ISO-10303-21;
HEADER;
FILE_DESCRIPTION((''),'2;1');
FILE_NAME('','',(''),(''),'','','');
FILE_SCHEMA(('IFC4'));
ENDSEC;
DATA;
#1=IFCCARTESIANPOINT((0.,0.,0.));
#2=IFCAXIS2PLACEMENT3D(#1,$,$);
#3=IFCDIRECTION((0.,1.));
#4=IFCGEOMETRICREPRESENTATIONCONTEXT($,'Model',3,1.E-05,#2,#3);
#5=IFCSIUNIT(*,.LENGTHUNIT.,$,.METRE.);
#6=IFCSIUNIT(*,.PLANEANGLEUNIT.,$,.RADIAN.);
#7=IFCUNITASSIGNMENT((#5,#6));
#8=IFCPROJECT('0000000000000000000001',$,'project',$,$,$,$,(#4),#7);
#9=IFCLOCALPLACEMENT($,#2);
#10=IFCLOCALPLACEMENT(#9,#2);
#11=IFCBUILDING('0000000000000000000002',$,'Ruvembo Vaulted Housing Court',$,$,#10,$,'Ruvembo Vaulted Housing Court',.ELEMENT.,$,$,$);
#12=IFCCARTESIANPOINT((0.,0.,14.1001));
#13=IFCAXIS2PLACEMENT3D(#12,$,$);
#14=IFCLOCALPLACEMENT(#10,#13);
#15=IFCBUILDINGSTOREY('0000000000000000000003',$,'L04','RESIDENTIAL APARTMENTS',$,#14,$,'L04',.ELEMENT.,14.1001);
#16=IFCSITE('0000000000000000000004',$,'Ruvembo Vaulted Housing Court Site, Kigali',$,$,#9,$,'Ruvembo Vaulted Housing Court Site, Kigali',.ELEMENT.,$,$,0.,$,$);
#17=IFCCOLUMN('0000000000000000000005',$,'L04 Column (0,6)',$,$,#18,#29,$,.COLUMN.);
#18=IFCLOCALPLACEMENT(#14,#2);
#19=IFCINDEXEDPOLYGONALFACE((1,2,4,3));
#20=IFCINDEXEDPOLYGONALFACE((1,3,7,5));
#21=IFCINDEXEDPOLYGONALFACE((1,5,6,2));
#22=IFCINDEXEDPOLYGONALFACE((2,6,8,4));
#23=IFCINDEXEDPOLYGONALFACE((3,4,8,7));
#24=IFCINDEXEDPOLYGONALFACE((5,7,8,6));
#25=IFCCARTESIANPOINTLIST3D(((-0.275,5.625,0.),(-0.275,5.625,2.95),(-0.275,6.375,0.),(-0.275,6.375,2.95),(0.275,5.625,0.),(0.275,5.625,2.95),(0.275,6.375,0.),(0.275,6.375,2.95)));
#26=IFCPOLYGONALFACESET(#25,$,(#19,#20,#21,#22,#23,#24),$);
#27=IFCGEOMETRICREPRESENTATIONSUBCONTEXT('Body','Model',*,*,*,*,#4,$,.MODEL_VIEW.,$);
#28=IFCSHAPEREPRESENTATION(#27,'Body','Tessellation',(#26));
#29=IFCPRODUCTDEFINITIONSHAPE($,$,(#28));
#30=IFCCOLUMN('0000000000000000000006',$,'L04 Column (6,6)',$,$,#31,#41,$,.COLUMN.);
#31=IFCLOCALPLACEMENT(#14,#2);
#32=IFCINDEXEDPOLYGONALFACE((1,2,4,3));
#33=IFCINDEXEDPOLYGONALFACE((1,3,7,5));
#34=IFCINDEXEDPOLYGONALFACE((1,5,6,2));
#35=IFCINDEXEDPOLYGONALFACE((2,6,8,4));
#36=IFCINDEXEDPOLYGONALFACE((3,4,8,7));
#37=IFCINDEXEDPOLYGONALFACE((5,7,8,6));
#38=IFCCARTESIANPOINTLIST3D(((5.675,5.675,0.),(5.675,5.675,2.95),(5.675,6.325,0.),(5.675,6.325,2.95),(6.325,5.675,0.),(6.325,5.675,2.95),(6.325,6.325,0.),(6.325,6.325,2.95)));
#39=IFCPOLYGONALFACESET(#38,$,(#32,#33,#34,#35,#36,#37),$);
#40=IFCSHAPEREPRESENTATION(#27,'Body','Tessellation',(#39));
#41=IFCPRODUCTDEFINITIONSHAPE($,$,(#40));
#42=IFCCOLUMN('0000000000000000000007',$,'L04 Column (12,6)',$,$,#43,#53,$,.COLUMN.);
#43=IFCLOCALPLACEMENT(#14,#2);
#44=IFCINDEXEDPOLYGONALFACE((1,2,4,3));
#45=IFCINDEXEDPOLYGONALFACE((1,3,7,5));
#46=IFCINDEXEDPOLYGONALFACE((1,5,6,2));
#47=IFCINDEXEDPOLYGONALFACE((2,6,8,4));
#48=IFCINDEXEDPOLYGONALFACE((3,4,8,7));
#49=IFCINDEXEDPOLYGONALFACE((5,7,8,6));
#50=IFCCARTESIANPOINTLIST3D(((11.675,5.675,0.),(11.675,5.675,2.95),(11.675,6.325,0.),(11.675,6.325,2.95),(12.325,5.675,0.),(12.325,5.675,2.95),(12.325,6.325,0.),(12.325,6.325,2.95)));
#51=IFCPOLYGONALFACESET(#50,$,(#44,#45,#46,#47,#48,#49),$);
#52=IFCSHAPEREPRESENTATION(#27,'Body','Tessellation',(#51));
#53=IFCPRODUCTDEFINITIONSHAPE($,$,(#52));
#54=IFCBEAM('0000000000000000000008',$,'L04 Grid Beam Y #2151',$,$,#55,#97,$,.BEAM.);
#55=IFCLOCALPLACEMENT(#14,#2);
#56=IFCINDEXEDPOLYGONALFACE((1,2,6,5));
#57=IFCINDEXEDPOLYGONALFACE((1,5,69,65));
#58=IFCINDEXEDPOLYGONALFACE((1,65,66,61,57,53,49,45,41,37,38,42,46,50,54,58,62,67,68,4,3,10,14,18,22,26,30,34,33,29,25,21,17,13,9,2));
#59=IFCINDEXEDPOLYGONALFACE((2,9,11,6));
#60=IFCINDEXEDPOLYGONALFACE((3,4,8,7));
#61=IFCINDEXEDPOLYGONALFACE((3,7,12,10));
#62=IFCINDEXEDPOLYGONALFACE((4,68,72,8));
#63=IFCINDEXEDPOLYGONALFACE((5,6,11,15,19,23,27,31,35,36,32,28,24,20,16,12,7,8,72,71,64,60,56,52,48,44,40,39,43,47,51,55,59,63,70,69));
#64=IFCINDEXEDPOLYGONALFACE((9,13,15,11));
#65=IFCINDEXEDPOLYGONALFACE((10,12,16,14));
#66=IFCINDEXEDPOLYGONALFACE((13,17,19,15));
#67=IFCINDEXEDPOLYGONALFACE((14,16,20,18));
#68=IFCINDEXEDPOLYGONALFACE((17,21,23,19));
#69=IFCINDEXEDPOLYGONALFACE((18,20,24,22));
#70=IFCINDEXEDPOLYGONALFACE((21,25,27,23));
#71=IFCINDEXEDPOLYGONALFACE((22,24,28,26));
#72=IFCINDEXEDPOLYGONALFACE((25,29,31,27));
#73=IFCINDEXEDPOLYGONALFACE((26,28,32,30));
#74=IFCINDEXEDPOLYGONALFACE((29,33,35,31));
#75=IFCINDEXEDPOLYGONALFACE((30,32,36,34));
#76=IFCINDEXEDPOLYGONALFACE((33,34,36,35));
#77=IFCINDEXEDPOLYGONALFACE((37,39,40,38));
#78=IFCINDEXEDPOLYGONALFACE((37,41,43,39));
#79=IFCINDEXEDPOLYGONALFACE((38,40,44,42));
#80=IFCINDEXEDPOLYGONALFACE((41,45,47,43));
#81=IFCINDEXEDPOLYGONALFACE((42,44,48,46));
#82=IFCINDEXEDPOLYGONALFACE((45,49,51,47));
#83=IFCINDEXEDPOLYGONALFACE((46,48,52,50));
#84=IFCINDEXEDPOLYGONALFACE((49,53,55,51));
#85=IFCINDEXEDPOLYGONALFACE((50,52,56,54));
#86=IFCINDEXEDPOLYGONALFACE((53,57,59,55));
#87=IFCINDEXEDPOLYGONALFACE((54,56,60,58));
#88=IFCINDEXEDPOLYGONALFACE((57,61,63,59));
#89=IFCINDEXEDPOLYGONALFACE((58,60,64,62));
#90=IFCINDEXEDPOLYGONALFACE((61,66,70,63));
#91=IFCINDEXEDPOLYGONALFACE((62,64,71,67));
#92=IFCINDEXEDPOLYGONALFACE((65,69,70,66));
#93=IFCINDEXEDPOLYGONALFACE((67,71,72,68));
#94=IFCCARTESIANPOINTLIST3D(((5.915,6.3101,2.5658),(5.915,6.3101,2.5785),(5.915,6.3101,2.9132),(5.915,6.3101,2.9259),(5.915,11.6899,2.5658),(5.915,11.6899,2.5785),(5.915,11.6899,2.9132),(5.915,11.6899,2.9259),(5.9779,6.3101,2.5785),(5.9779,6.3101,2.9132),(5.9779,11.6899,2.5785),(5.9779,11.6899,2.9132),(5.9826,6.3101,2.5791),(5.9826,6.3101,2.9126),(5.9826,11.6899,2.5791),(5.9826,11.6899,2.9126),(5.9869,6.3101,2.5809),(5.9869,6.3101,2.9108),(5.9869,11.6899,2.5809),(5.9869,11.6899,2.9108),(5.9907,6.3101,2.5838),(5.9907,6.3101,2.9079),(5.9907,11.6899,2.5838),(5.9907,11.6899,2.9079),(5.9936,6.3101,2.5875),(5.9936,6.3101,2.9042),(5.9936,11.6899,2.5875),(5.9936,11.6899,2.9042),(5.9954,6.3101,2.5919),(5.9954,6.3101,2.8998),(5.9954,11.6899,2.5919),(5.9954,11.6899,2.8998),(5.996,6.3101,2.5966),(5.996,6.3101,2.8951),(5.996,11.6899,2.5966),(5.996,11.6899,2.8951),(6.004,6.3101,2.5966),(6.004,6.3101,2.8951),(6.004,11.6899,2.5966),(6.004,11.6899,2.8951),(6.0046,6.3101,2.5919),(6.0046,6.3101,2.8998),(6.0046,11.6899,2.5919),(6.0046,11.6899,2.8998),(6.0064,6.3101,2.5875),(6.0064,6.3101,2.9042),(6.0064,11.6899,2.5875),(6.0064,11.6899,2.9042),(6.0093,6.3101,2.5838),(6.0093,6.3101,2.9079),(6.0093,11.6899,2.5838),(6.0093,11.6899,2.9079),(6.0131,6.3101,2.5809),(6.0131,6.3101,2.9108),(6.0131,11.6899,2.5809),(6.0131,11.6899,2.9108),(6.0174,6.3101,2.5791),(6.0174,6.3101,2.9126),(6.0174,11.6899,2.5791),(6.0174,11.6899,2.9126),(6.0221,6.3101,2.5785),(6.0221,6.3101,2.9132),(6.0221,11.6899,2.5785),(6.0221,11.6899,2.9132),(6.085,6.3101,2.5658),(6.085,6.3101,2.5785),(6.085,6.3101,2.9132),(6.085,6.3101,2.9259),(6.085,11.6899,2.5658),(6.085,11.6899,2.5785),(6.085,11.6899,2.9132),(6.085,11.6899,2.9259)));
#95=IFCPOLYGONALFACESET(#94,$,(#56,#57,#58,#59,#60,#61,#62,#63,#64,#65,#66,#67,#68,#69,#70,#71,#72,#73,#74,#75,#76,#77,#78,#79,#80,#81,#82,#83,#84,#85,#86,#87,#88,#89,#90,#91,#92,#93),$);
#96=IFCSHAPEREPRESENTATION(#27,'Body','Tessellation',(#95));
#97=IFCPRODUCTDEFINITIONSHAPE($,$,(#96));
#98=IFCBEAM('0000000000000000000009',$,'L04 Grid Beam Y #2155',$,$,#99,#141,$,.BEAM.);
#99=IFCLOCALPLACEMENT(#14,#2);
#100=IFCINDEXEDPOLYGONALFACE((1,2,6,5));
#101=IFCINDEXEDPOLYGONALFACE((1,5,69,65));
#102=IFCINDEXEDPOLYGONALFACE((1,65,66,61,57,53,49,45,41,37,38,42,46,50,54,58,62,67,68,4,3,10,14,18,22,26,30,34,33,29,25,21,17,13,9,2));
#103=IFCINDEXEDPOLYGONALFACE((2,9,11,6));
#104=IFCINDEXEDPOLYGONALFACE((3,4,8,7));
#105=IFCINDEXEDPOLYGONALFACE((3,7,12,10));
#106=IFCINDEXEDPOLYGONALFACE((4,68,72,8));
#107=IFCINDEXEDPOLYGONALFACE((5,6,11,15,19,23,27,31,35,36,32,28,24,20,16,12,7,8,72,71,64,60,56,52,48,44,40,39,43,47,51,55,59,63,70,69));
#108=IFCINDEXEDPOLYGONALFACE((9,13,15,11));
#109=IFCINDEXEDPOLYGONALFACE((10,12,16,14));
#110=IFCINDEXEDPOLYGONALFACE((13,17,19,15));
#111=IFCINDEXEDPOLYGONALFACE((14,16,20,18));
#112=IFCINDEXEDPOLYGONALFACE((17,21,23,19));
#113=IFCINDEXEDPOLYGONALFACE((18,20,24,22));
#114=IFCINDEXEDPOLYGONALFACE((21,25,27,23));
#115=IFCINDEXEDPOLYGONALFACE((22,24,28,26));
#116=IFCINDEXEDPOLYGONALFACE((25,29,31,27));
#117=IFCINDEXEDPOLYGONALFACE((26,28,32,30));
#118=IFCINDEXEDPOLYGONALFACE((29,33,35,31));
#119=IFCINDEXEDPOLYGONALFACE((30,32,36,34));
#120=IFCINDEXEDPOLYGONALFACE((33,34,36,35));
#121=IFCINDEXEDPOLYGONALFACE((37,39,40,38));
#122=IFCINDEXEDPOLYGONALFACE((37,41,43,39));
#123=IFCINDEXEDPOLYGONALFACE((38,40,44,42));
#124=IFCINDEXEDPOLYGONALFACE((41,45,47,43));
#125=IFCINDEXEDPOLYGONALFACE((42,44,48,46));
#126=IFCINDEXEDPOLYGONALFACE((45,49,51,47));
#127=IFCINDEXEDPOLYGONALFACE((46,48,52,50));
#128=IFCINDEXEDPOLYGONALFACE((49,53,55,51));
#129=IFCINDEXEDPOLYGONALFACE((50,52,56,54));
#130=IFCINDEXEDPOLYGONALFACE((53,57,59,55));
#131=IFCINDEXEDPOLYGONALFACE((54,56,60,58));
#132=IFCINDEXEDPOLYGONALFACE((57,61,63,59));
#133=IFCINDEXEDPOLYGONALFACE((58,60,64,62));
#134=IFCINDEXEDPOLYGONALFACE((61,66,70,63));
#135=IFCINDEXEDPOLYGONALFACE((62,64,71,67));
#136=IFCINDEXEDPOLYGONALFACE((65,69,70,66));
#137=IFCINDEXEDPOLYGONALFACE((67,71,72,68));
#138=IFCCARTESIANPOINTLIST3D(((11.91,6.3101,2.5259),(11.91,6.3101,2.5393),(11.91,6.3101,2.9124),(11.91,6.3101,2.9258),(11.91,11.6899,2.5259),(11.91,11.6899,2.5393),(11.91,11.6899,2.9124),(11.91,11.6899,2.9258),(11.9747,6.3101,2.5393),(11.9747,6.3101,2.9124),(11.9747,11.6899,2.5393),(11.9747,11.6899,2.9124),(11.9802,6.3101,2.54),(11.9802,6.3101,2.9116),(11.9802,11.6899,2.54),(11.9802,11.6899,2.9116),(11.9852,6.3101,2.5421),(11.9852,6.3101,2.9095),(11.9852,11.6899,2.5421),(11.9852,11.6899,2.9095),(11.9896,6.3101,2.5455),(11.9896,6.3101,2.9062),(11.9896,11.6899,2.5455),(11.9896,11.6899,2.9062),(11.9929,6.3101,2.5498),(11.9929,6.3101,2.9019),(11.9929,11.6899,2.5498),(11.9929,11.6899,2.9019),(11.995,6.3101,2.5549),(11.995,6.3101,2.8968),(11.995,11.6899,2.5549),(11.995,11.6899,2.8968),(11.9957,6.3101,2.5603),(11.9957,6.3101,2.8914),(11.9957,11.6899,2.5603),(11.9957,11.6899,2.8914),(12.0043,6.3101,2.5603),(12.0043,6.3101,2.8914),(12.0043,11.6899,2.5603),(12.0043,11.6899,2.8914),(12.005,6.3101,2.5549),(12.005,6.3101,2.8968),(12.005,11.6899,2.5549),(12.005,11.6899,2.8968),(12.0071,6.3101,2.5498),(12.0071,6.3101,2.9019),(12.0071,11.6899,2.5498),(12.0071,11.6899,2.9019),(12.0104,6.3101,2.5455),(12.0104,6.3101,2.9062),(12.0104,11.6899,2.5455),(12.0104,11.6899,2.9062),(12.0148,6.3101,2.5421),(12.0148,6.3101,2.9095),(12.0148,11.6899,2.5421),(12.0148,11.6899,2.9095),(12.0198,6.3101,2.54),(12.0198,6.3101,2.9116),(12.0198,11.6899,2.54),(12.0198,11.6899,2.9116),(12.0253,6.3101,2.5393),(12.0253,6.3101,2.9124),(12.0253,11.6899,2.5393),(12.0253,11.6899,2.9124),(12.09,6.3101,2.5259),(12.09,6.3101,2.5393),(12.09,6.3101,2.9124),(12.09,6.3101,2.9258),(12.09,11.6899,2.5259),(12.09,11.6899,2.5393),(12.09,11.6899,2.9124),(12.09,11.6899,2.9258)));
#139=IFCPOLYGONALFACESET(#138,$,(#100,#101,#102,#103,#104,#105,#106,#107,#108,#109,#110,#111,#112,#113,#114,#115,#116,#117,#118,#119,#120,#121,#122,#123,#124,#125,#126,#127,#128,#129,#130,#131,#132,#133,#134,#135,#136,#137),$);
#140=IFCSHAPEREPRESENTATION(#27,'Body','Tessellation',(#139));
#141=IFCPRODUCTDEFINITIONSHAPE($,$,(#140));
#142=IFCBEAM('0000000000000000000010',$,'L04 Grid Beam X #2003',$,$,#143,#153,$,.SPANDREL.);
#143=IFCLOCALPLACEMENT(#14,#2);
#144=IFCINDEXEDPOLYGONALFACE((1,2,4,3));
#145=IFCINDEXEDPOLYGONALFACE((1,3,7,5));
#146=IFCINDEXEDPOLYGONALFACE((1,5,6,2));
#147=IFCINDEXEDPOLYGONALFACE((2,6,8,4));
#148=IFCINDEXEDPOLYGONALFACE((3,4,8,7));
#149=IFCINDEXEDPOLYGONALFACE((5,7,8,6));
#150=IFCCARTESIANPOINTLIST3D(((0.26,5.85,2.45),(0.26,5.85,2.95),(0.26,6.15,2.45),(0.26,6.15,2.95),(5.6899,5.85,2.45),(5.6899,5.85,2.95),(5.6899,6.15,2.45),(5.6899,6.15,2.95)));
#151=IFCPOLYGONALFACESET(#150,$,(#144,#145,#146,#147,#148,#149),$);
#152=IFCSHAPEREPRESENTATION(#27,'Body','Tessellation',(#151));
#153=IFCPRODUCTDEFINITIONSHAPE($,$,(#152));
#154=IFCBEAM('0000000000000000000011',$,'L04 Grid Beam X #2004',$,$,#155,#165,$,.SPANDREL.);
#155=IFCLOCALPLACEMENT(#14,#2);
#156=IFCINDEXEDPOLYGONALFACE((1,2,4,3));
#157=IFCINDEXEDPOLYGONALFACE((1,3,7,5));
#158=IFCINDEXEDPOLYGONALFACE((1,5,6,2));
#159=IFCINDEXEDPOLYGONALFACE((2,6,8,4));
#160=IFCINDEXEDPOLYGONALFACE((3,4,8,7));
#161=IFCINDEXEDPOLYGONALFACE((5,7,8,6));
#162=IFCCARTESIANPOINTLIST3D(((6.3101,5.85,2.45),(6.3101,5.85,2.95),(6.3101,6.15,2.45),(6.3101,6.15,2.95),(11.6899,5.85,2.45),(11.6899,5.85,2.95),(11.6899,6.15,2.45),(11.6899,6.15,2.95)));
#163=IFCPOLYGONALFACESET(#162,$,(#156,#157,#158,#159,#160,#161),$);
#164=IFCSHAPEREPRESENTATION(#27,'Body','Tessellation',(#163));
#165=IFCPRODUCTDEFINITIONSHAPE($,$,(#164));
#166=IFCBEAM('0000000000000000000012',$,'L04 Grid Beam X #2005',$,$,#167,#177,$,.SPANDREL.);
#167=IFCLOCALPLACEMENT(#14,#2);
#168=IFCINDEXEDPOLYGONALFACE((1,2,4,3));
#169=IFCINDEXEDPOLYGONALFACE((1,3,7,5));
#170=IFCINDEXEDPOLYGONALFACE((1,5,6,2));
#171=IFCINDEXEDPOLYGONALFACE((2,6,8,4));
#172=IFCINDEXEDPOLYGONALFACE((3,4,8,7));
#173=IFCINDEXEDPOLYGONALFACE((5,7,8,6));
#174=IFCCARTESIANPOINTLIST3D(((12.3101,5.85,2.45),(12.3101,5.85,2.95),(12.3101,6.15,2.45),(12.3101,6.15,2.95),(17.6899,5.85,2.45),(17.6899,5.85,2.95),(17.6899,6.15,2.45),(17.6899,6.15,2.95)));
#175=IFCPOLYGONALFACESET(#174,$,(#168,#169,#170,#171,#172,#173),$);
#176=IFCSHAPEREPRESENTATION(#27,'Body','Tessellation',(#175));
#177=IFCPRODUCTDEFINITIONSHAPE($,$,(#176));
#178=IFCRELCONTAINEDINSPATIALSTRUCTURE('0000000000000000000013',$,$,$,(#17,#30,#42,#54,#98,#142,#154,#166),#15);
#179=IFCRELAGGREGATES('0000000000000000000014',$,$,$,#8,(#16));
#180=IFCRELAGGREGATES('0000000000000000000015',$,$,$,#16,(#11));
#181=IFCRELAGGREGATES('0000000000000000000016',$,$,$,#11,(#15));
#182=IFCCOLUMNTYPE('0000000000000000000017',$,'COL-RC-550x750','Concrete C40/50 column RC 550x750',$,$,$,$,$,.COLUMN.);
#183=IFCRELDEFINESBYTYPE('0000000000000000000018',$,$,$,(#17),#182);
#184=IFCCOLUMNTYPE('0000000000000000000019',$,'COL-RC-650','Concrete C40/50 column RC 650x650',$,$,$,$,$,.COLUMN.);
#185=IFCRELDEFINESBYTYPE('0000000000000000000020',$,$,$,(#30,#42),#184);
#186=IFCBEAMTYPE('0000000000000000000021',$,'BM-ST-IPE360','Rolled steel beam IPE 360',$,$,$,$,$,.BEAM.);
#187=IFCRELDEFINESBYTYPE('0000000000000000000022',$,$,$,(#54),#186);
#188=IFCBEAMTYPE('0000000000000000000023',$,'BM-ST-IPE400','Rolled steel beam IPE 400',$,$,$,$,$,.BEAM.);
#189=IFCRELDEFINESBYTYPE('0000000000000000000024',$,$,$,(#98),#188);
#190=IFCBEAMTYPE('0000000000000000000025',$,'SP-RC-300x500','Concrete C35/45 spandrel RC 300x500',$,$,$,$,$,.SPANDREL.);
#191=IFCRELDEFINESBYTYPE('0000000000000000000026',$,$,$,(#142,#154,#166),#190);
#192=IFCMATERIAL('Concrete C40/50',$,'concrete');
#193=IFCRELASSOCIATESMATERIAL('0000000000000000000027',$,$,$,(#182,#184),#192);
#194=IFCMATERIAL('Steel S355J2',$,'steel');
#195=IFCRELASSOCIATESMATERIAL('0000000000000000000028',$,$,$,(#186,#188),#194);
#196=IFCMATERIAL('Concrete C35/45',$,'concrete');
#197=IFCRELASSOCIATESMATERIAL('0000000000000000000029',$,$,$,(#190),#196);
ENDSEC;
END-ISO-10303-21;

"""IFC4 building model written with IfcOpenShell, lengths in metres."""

from ifc_helpers import new_model, si_unit, direction, frame, origin, origin_2d, place, context, subcontext, project, spatial, rectangle, i_section, extrude, material, material_profile, profile_set, type_object, element, save


model = new_model("IFC4")

# Units and contexts
model_context = context("Model", 3, precision=1e-05, world=origin(), true_north=direction((0.0, 1.0)))
body_context = subcontext(model_context, "Body", "Model", "MODEL_VIEW")
ifc_project = project(units=[si_unit("LENGTHUNIT", "METRE"), si_unit("PLANEANGLEUNIT", "RADIAN")], contexts=[model_context])

# Site, building, storey
site_placement = place(None, origin())
site = spatial("IfcSite", under=ifc_project, at=site_placement, Name="Ruvembo Vaulted Housing Court Site, Kigali", LongName="Ruvembo Vaulted Housing Court Site, Kigali", CompositionType="ELEMENT", RefElevation=0.0)
building_placement = place(site_placement, origin())
building = spatial("IfcBuilding", under=site, at=building_placement, Name="Ruvembo Vaulted Housing Court", LongName="Ruvembo Vaulted Housing Court", CompositionType="ELEMENT")
storey_placement = place(building_placement, frame((0.0, 0.0, 14.1001)))
storey = spatial("IfcBuildingStorey", under=building, at=storey_placement, Name="L04", Description="RESIDENTIAL APARTMENTS", LongName="L04", CompositionType="ELEMENT", Elevation=14.1001)

# Columns
ifc_material_1 = material(Name="Concrete C40/50", Category="concrete")
ifc_material_profile_1 = material_profile(ifc_material_1, rectangle(XDim=0.55, YDim=0.75, at=origin_2d()), Name="RC 550x750")
ifc_profile_set_1 = profile_set([ifc_material_profile_1], Name="Concrete C40/50")
column_type_1 = type_object("IfcColumnType", Name="COL-RC-550x750", Description="Concrete C40/50 column RC 550x750", PredefinedType="COLUMN", material=ifc_profile_set_1)
column_placement = place(storey_placement, frame((0.0, 6.0, 0.0), z_axis=(0.0, 0.0, 1.0), x_axis=(1.0, 0.0, 0.0)))
element("IfcColumn", 1, at=column_placement, inside=storey, type_object=column_type_1, Name="L04 Column (0,6)", PredefinedType="COLUMN", context=body_context, shape_type="SweptSolid", body=[
    extrude(rectangle(XDim=0.55, YDim=0.75, at=origin_2d()), origin(), (0.0, 0.0, 1.0), 2.95),
])
ifc_material_profile_2 = material_profile(ifc_material_1, rectangle(XDim=0.6499, YDim=0.6499, at=origin_2d()), Name="RC 650x650")
ifc_profile_set_2 = profile_set([ifc_material_profile_2], Name="Concrete C40/50")
column_type_2 = type_object("IfcColumnType", Name="COL-RC-650", Description="Concrete C40/50 column RC 650x650", PredefinedType="COLUMN", material=ifc_profile_set_2)
for number, where, z_axis, x_axis, name in (
    (2, (6.0, 6.0, 0.0), (0.0, 0.0, 1.0), (1.0, 0.0, 0.0), "L04 Column (6,6)"),
    (3, (12.0, 6.0, 0.0), (0.0, 0.0, 1.0), (1.0, 0.0, 0.0), "L04 Column (12,6)"),
):
    element("IfcColumn", number, at=place(storey_placement, frame(where, z_axis=z_axis, x_axis=x_axis)), inside=storey, type_object=column_type_2, Name=name, PredefinedType="COLUMN", context=body_context, shape_type="SweptSolid", body=[
        extrude(rectangle(XDim=0.6499, YDim=0.6499, at=origin_2d()), origin(), (0.0, 0.0, 1.0), 2.95),
    ])

# Beams
ifc_material_2 = material(Name="Steel S355J2", Category="steel")
ifc_material_profile_3 = material_profile(ifc_material_2, i_section(OverallWidth=0.1699, OverallDepth=0.3601, WebThickness=0.0081, FlangeThickness=0.0127, FilletRadius=0.0181, at=origin_2d()), Name="IPE 360")
ifc_profile_set_3 = profile_set([ifc_material_profile_3], Name="Steel S355J2")
beam_type_1 = type_object("IfcBeamType", Name="BM-ST-IPE360", Description="Rolled steel beam IPE 360", PredefinedType="BEAM", material=ifc_profile_set_3)
beam_1_placement = place(storey_placement, frame((6.0, 6.3101, 2.7458), z_axis=(0.0, 1.0, 0.0), x_axis=(-1.0, 0.0, 0.0)))
element("IfcBeam", 4, at=beam_1_placement, inside=storey, type_object=beam_type_1, Name="L04 Grid Beam Y #2151", PredefinedType="BEAM", context=body_context, shape_type="SweptSolid", body=[
    extrude(i_section(OverallWidth=0.1699, OverallDepth=0.3601, WebThickness=0.0081, FlangeThickness=0.0127, FilletRadius=0.0181, at=origin_2d()), origin(), (0.0, 0.0, 1.0), 5.3799),
])
ifc_material_profile_4 = material_profile(ifc_material_2, i_section(OverallWidth=0.1799, OverallDepth=0.3999, WebThickness=0.0085, FlangeThickness=0.0134, FilletRadius=0.021, at=origin_2d()), Name="IPE 400")
ifc_profile_set_4 = profile_set([ifc_material_profile_4], Name="Steel S355J2")
beam_type_2 = type_object("IfcBeamType", Name="BM-ST-IPE400", Description="Rolled steel beam IPE 400", PredefinedType="BEAM", material=ifc_profile_set_4)
beam_2_placement = place(storey_placement, frame((12.0, 6.3101, 2.7258), z_axis=(0.0, 1.0, 0.0), x_axis=(-1.0, 0.0, 0.0)))
element("IfcBeam", 5, at=beam_2_placement, inside=storey, type_object=beam_type_2, Name="L04 Grid Beam Y #2155", PredefinedType="BEAM", context=body_context, shape_type="SweptSolid", body=[
    extrude(i_section(OverallWidth=0.1799, OverallDepth=0.3999, WebThickness=0.0085, FlangeThickness=0.0134, FilletRadius=0.021, at=origin_2d()), origin(), (0.0, 0.0, 1.0), 5.3799),
])
ifc_material_3 = material(Name="Concrete C35/45", Category="concrete")
ifc_material_profile_5 = material_profile(ifc_material_3, rectangle(XDim=0.3, YDim=0.5, at=origin_2d()), Name="RC 300x500")
ifc_profile_set_5 = profile_set([ifc_material_profile_5], Name="Concrete C35/45")
beam_type_3 = type_object("IfcBeamType", Name="SP-RC-300x500", Description="Concrete C35/45 spandrel RC 300x500", PredefinedType="SPANDREL", material=ifc_profile_set_5)
beam_3_placement = place(storey_placement, frame((0.26, 6.0, 2.7), z_axis=(1.0, 0.0, 0.0), x_axis=(0.0, 1.0, 0.0)))
element("IfcBeam", 6, at=beam_3_placement, inside=storey, type_object=beam_type_3, Name="L04 Grid Beam X #2003", PredefinedType="SPANDREL", context=body_context, shape_type="SweptSolid", body=[
    extrude(rectangle(XDim=0.3, YDim=0.5, at=origin_2d()), origin(), (0.0, 0.0, 1.0), 5.4299),
])
for number, where, z_axis, x_axis, name in (
    (7, (6.3101, 6.0, 2.7), (1.0, 0.0, 0.0), (0.0, 1.0, 0.0), "L04 Grid Beam X #2004"),
    (8, (12.3101, 6.0, 2.7), (1.0, 0.0, 0.0), (0.0, 1.0, 0.0), "L04 Grid Beam X #2005"),
):
    element("IfcBeam", number, at=place(storey_placement, frame(where, z_axis=z_axis, x_axis=x_axis)), inside=storey, type_object=beam_type_3, Name=name, PredefinedType="SPANDREL", context=body_context, shape_type="SweptSolid", body=[
        extrude(rectangle(XDim=0.3, YDim=0.5, at=origin_2d()), origin(), (0.0, 0.0, 1.0), 5.3799),
    ])

save(model, "model.ifc")
